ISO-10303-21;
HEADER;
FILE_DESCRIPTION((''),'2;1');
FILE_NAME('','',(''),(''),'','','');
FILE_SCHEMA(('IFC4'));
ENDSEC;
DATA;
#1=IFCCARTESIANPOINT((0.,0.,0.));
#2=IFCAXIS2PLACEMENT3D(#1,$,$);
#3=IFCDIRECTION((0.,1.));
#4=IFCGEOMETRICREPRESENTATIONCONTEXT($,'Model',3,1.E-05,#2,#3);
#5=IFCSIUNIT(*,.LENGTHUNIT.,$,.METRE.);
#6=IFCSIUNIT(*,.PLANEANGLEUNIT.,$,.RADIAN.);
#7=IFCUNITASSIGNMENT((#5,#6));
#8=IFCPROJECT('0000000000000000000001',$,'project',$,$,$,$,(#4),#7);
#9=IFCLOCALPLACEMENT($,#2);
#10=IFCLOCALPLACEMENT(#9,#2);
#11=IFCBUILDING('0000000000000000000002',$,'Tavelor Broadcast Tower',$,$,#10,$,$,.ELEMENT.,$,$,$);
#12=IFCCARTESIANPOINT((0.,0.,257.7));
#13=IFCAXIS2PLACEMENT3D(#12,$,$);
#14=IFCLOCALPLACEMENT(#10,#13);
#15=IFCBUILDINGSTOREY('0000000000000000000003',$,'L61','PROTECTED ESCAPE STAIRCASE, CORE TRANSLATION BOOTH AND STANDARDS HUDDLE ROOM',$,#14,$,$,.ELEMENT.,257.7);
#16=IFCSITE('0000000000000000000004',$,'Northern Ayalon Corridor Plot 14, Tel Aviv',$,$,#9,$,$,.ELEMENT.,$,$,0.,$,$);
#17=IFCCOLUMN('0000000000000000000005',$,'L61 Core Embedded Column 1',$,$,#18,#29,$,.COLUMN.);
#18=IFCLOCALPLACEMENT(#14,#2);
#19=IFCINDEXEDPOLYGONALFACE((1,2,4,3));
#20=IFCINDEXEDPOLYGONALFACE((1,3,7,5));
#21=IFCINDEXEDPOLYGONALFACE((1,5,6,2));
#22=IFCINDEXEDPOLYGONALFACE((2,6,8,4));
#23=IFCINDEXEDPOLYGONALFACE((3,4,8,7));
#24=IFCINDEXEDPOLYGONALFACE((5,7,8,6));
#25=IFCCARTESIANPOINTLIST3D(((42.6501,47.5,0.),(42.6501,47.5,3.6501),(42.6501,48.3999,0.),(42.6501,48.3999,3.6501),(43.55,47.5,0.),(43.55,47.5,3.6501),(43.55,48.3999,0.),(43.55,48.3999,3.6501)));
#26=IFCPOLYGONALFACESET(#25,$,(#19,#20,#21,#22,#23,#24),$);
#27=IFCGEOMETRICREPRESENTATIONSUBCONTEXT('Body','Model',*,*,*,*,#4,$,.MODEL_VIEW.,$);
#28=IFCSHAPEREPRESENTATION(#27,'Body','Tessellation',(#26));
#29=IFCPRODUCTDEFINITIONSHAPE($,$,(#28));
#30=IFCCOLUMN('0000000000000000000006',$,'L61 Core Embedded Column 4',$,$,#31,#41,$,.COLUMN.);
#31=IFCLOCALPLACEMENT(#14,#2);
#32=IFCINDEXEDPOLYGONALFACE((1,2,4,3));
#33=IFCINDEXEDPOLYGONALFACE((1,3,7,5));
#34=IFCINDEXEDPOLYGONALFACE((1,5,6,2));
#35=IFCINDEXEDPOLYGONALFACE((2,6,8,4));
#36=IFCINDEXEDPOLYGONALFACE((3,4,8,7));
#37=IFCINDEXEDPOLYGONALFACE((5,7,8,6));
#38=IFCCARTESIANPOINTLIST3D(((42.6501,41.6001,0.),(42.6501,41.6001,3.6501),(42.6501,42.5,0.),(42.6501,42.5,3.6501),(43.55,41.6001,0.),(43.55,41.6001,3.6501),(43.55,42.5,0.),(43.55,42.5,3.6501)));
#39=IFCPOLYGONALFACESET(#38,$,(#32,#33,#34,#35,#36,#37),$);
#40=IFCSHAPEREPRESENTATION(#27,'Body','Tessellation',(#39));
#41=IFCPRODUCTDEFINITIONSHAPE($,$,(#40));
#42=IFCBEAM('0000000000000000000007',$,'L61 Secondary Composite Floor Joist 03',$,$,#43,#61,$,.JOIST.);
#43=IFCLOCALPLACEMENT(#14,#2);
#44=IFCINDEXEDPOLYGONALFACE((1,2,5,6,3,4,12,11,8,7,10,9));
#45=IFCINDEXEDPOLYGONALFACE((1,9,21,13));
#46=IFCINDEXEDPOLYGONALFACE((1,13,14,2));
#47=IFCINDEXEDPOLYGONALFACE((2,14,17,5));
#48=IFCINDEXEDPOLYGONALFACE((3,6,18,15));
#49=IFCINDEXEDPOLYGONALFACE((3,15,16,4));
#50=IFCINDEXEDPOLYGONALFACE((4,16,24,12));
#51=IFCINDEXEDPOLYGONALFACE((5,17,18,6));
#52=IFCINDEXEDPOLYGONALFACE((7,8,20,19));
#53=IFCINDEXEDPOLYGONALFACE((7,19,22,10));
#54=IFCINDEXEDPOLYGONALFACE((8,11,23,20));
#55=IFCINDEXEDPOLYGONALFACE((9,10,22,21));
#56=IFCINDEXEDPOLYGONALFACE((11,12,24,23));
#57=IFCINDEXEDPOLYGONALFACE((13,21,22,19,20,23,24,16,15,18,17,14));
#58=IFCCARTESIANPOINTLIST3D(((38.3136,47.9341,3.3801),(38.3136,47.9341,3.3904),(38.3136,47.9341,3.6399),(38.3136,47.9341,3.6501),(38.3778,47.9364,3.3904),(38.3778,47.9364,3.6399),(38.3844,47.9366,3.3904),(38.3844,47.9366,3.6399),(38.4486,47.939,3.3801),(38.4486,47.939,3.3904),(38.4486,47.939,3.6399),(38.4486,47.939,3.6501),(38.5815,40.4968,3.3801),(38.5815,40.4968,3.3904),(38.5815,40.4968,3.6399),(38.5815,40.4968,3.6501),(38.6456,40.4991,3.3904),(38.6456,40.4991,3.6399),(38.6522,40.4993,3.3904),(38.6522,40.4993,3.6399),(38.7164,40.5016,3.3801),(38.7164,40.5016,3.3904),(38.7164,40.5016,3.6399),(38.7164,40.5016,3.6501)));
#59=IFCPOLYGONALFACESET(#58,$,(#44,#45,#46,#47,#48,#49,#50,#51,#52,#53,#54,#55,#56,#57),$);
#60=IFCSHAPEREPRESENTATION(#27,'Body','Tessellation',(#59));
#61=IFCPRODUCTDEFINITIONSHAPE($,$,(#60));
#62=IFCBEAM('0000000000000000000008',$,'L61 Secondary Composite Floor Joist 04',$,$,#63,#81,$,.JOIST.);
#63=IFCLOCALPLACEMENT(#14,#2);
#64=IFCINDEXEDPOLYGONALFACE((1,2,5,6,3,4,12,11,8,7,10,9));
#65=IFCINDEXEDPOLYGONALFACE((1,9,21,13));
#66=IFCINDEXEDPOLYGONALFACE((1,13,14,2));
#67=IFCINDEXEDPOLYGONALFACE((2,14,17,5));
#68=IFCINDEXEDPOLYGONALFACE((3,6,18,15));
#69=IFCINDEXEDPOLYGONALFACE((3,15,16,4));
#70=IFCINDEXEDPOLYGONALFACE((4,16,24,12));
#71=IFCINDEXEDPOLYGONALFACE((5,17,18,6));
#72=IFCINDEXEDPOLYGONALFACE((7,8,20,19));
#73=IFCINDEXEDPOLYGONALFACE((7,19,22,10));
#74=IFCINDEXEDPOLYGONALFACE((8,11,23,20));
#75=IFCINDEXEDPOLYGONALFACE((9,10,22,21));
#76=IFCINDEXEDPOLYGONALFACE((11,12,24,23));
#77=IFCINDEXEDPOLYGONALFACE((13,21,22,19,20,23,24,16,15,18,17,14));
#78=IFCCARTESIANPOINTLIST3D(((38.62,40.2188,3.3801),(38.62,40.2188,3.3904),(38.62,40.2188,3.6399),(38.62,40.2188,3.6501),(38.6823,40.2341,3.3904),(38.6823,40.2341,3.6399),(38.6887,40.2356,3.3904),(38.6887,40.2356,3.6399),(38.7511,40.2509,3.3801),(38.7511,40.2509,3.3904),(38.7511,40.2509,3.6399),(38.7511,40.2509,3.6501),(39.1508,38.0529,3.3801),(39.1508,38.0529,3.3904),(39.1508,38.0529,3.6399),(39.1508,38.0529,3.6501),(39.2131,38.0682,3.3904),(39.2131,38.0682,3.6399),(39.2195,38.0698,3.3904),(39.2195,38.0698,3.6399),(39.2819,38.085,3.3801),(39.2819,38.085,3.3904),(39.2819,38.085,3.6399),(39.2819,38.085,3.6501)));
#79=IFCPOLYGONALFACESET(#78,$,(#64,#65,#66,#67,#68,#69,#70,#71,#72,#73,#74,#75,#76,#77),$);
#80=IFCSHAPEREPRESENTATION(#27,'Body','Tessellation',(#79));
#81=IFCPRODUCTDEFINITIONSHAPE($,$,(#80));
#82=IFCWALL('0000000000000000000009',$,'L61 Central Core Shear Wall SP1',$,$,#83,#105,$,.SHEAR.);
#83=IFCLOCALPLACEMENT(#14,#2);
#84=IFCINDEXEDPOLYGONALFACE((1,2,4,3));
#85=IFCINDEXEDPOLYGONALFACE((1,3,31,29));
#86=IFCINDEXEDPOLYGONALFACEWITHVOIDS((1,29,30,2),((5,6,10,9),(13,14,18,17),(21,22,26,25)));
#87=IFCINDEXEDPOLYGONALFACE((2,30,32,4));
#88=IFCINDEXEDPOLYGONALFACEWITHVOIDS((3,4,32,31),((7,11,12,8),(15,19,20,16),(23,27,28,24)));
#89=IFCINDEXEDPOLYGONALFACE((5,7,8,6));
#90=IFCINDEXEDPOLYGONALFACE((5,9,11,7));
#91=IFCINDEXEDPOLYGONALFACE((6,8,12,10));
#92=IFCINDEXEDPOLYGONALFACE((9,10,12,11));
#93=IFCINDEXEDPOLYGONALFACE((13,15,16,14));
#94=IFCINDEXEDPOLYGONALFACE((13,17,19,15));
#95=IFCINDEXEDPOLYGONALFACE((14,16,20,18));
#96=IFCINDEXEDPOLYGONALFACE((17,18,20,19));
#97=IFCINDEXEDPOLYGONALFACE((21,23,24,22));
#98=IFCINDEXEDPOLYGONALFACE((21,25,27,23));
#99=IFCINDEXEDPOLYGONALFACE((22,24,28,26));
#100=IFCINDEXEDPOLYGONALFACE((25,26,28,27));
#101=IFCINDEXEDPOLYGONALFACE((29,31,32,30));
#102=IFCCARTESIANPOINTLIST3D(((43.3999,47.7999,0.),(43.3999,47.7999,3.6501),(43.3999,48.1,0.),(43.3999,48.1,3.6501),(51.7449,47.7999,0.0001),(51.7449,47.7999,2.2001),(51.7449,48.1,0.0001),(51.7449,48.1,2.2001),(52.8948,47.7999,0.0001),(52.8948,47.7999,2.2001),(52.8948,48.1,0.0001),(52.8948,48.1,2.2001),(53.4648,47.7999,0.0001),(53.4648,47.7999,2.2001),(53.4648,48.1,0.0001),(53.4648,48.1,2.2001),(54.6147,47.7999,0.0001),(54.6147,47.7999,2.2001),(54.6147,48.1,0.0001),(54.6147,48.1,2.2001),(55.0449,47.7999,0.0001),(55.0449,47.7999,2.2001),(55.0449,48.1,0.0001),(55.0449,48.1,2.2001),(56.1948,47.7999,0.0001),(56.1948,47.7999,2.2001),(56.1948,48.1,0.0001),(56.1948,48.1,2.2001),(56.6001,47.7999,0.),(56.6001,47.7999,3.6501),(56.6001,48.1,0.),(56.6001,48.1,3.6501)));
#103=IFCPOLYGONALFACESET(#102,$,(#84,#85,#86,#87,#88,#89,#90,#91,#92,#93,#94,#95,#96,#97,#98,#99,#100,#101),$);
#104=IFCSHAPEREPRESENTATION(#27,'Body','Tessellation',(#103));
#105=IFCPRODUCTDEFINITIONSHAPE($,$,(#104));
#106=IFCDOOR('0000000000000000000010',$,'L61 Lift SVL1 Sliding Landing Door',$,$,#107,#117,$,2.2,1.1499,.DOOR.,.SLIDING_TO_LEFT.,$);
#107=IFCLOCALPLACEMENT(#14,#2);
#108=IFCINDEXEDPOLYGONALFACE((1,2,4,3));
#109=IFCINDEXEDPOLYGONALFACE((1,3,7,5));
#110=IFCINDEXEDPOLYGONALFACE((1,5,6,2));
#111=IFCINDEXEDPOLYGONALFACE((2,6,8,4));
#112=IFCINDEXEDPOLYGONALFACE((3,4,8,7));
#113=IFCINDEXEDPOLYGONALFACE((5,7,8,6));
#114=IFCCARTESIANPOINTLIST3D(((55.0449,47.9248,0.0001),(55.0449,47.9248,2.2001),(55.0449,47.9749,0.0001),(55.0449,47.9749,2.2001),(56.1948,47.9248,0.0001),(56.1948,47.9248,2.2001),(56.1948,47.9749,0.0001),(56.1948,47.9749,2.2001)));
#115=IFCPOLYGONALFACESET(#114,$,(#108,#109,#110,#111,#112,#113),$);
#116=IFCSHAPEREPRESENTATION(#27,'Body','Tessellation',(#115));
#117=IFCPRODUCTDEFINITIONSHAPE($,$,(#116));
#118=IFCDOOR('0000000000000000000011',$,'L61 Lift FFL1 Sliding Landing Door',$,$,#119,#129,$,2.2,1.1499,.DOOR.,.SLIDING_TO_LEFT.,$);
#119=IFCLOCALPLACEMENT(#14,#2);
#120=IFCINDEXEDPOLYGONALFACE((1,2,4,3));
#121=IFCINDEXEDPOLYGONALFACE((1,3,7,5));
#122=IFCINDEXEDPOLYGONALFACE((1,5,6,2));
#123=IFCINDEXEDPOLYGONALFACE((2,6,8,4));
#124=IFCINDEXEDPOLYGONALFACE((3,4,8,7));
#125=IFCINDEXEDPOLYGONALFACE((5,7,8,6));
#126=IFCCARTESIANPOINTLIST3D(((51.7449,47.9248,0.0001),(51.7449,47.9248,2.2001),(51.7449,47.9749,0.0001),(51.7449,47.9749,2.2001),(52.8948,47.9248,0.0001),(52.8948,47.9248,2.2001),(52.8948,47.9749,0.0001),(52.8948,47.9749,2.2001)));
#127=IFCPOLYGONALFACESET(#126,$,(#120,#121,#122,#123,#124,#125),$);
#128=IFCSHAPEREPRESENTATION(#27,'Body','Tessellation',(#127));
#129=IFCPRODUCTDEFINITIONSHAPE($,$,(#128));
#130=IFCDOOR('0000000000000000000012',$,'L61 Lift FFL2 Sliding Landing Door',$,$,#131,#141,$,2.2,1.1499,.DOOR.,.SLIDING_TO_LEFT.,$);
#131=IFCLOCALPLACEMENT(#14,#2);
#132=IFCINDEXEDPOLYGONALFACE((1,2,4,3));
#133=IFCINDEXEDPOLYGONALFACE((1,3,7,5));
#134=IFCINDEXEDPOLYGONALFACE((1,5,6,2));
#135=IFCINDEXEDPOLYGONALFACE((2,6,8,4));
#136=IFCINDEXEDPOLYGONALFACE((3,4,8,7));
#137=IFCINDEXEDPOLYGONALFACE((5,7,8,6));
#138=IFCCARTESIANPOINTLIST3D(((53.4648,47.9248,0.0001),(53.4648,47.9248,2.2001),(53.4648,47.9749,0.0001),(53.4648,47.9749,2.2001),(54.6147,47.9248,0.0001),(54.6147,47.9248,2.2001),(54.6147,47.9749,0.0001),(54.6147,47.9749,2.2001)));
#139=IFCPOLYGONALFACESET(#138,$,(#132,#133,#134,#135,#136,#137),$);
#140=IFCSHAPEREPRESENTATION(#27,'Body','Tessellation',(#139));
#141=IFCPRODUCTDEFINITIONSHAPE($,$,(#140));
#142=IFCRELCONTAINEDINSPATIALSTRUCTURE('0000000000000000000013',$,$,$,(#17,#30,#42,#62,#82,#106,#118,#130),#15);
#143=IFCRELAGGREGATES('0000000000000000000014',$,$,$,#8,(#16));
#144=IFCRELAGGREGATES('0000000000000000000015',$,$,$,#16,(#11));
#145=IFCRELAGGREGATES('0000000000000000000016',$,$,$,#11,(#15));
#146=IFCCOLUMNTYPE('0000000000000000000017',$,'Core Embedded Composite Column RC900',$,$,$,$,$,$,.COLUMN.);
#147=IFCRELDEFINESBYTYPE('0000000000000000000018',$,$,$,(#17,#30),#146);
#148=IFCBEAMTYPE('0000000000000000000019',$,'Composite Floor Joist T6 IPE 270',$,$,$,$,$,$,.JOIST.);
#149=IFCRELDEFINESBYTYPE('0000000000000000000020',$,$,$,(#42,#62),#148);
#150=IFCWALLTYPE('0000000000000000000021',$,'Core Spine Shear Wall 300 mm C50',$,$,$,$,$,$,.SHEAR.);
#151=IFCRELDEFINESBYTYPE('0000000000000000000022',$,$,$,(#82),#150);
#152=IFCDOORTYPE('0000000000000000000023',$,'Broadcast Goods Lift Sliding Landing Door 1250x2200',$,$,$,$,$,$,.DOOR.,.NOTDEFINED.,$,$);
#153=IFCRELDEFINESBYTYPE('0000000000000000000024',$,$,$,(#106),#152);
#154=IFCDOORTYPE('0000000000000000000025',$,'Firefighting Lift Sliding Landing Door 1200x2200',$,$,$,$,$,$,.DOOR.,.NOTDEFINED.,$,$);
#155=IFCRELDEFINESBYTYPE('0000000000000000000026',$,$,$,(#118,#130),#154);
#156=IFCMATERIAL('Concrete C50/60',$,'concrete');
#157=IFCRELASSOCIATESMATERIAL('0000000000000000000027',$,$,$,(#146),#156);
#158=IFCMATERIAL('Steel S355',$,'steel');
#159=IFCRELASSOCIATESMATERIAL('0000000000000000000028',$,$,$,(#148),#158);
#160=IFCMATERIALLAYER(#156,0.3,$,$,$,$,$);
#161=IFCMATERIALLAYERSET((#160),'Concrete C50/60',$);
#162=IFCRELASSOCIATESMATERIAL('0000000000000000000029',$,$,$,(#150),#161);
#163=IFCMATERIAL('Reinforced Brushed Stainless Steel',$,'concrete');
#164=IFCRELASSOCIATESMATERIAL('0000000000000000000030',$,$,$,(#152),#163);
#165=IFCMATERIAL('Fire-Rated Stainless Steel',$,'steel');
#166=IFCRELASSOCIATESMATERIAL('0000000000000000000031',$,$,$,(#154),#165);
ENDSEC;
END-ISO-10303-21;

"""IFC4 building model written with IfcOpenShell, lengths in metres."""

from ifc_helpers import new_model, si_unit, direction, frame, frame_2d, origin, origin_2d, place, context, subcontext, project, spatial, rectangle, i_section, extrude, material, layer, layer_set, material_profile, profile_set, type_object, element, fill, save


model = new_model("IFC4")

# Units and contexts
model_context = context("Model", 3, precision=1e-05, world=origin(), true_north=direction((0.0, 1.0)))
body_context = subcontext(model_context, "Body", "Model", "MODEL_VIEW")
ifc_project = project(units=[si_unit("LENGTHUNIT", "METRE"), si_unit("PLANEANGLEUNIT", "RADIAN")], contexts=[model_context])

# Site, building, storey
site_placement = place(None, origin())
site = spatial("IfcSite", under=ifc_project, at=site_placement, Name="Northern Ayalon Corridor Plot 14, Tel Aviv", CompositionType="ELEMENT", RefElevation=0.0)
building_placement = place(site_placement, origin())
building = spatial("IfcBuilding", under=site, at=building_placement, Name="Tavelor Broadcast Tower", CompositionType="ELEMENT")
storey_placement = place(building_placement, frame((0.0, 0.0, 257.7)))
storey = spatial("IfcBuildingStorey", under=building, at=storey_placement, Name="L61", Description="PROTECTED ESCAPE STAIRCASE, CORE TRANSLATION BOOTH AND STANDARDS HUDDLE ROOM", CompositionType="ELEMENT", Elevation=257.7)

# Columns
ifc_material_1 = material(Name="Concrete C50/60", Category="concrete")
ifc_material_profile_1 = material_profile(ifc_material_1, rectangle(XDim=0.8999, YDim=0.8999, at=origin_2d()), Name="RC 900x900")
ifc_profile_set_1 = profile_set([ifc_material_profile_1], Name="Concrete C50/60")
column_type = type_object("IfcColumnType", Name="Core Embedded Composite Column RC900", PredefinedType="COLUMN", material=ifc_profile_set_1)
for number, where, z_axis, x_axis, name in (
    (1, (43.1001, 47.95, 0.0), (0.0, 0.0, 1.0), (1.0, 0.0, 0.0), "L61 Core Embedded Column 1"),
    (2, (43.1001, 42.05, 0.0), (0.0, 0.0, 1.0), (1.0, 0.0, 0.0), "L61 Core Embedded Column 4"),
):
    element("IfcColumn", number, at=place(storey_placement, frame(where, z_axis=z_axis, x_axis=x_axis)), inside=storey, type_object=column_type, Name=name, PredefinedType="COLUMN", context=body_context, shape_type="SweptSolid", body=[
        extrude(rectangle(XDim=0.8999, YDim=0.8999, at=origin_2d()), origin(), (0.0, 0.0, 1.0), 3.6501),
    ])

# Beams
ifc_material_2 = material(Name="Steel S355", Category="steel")
ifc_material_profile_2 = material_profile(ifc_material_2, i_section(OverallWidth=0.135, OverallDepth=0.27, WebThickness=0.0066, FlangeThickness=0.0103, at=origin_2d()), Name="IPE 270")
ifc_profile_set_2 = profile_set([ifc_material_profile_2], Name="Steel S355")
beam_type = type_object("IfcBeamType", Name="Composite Floor Joist T6 IPE 270", PredefinedType="JOIST", material=ifc_profile_set_2)
beam_1_placement = place(storey_placement, frame((38.3811, 47.9365, 3.5151), z_axis=(0.035988, -0.999352, 0.0), x_axis=(0.999352, 0.035988, 0.0)))
element("IfcBeam", 3, at=beam_1_placement, inside=storey, type_object=beam_type, Name="L61 Secondary Composite Floor Joist 03", PredefinedType="JOIST", context=body_context, shape_type="SweptSolid", body=[
    extrude(i_section(OverallWidth=0.135, OverallDepth=0.27, WebThickness=0.0066, FlangeThickness=0.0103, at=origin_2d()), origin(), (0.0, 0.0, 1.0), 7.4421),
])
beam_2_placement = place(storey_placement, frame((38.6855, 40.2349, 3.5151), z_axis=(0.238025, -0.971259, 0.0), x_axis=(0.971259, 0.238025, 0.0)))
element("IfcBeam", 4, at=beam_2_placement, inside=storey, type_object=beam_type, Name="L61 Secondary Composite Floor Joist 04", PredefinedType="JOIST", context=body_context, shape_type="SweptSolid", body=[
    extrude(i_section(OverallWidth=0.135, OverallDepth=0.27, WebThickness=0.0066, FlangeThickness=0.0103, at=origin_2d()), origin(), (0.0, 0.0, 1.0), 2.23),
])

# Wall, openings, doors
ifc_layer_1 = layer(ifc_material_1, 0.3)
ifc_layer_set_1 = layer_set([ifc_layer_1], Name="Concrete C50/60")
wall_type_1 = type_object("IfcWallType", Name="Core Spine Shear Wall 300 mm C50", PredefinedType="SHEAR", material=ifc_layer_set_1)
wall_1_placement = place(storey_placement, frame((43.3999, 47.95, 0.0), z_axis=(0.0, 0.0, 1.0), x_axis=(1.0, 0.0, 0.0)))
wall_1 = element("IfcWall", 5, at=wall_1_placement, inside=storey, type_object=wall_type_1, Name="L61 Central Core Shear Wall SP1", PredefinedType="SHEAR", context=body_context, shape_type="SweptSolid", body=[
    extrude(rectangle(XDim=13.2002, YDim=0.3, at=frame_2d((6.6001, 0.0))), origin(), (0.0, 0.0, 1.0), 3.6501),
])
opening_1_placement = place(wall_1_placement, frame((8.345, 0.0, 0.0)))
opening_1 = element("IfcOpeningElement", 6, at=opening_1_placement, cuts=wall_1, PredefinedType="OPENING", context=body_context, shape_type="SweptSolid", body=[
    extrude(rectangle(XDim=1.1499, YDim=2.2, at=frame_2d((0.575, 1.1001))), frame((0.0, 0.1602, 0.0), z_axis=(0.0, -1.0, 0.0), x_axis=(1.0, 0.0, 0.0)), (0.0, 0.0, 1.0), 0.3201),
])
opening_2_placement = place(wall_1_placement, frame((10.0649, 0.0, 0.0)))
opening_2 = element("IfcOpeningElement", 7, at=opening_2_placement, cuts=wall_1, PredefinedType="OPENING", context=body_context, shape_type="SweptSolid", body=[
    extrude(rectangle(XDim=1.1499, YDim=2.2, at=frame_2d((0.575, 1.1001))), frame((0.0, 0.1602, 0.0), z_axis=(0.0, -1.0, 0.0), x_axis=(1.0, 0.0, 0.0)), (0.0, 0.0, 1.0), 0.3201),
])
opening_3_placement = place(wall_1_placement, frame((11.645, 0.0, 0.0)))
opening_3 = element("IfcOpeningElement", 8, at=opening_3_placement, cuts=wall_1, PredefinedType="OPENING", context=body_context, shape_type="SweptSolid", body=[
    extrude(rectangle(XDim=1.1499, YDim=2.2, at=frame_2d((0.575, 1.1001))), frame((0.0, 0.1602, 0.0), z_axis=(0.0, -1.0, 0.0), x_axis=(1.0, 0.0, 0.0)), (0.0, 0.0, 1.0), 0.3201),
])
ifc_material_3 = material(Name="Reinforced Brushed Stainless Steel", Category="concrete")
door_type_1 = type_object("IfcDoorType", Name="Broadcast Goods Lift Sliding Landing Door 1250x2200", OperationType="NOTDEFINED", PredefinedType="DOOR", material=ifc_material_3)
door_1_placement = place(opening_3_placement, origin())
door_1 = element("IfcDoor", 9, at=door_1_placement, inside=storey, type_object=door_type_1, Name="L61 Lift SVL1 Sliding Landing Door", OperationType="SLIDING_TO_LEFT", OverallHeight=2.2, OverallWidth=1.1499, PredefinedType="DOOR", context=body_context, shape_type="SweptSolid", body=[
    extrude(rectangle(XDim=1.1499, YDim=2.2, at=frame_2d((0.575, 1.1001))), frame((0.0, 0.0249, 0.0), z_axis=(0.0, -1.0, 0.0), x_axis=(1.0, 0.0, 0.0)), (0.0, 0.0, 1.0), 0.05),
])
fill(opening_3, door_1)
ifc_material_4 = material(Name="Fire-Rated Stainless Steel", Category="steel")
door_type_2 = type_object("IfcDoorType", Name="Firefighting Lift Sliding Landing Door 1200x2200", OperationType="NOTDEFINED", PredefinedType="DOOR", material=ifc_material_4)
door_2_placement = place(opening_1_placement, origin())
door_2 = element("IfcDoor", 10, at=door_2_placement, inside=storey, type_object=door_type_2, Name="L61 Lift FFL1 Sliding Landing Door", OperationType="SLIDING_TO_LEFT", OverallHeight=2.2, OverallWidth=1.1499, PredefinedType="DOOR", context=body_context, shape_type="SweptSolid", body=[
    extrude(rectangle(XDim=1.1499, YDim=2.2, at=frame_2d((0.575, 1.1001))), frame((0.0, 0.0249, 0.0), z_axis=(0.0, -1.0, 0.0), x_axis=(1.0, 0.0, 0.0)), (0.0, 0.0, 1.0), 0.05),
])
fill(opening_1, door_2)
door_3_placement = place(opening_2_placement, origin())
door_3 = element("IfcDoor", 11, at=door_3_placement, inside=storey, type_object=door_type_2, Name="L61 Lift FFL2 Sliding Landing Door", OperationType="SLIDING_TO_LEFT", OverallHeight=2.2, OverallWidth=1.1499, PredefinedType="DOOR", context=body_context, shape_type="SweptSolid", body=[
    extrude(rectangle(XDim=1.1499, YDim=2.2, at=frame_2d((0.575, 1.1001))), frame((0.0, 0.0249, 0.0), z_axis=(0.0, -1.0, 0.0), x_axis=(1.0, 0.0, 0.0)), (0.0, 0.0, 1.0), 0.05),
])
fill(opening_2, door_3)

save(model, "model.ifc")
